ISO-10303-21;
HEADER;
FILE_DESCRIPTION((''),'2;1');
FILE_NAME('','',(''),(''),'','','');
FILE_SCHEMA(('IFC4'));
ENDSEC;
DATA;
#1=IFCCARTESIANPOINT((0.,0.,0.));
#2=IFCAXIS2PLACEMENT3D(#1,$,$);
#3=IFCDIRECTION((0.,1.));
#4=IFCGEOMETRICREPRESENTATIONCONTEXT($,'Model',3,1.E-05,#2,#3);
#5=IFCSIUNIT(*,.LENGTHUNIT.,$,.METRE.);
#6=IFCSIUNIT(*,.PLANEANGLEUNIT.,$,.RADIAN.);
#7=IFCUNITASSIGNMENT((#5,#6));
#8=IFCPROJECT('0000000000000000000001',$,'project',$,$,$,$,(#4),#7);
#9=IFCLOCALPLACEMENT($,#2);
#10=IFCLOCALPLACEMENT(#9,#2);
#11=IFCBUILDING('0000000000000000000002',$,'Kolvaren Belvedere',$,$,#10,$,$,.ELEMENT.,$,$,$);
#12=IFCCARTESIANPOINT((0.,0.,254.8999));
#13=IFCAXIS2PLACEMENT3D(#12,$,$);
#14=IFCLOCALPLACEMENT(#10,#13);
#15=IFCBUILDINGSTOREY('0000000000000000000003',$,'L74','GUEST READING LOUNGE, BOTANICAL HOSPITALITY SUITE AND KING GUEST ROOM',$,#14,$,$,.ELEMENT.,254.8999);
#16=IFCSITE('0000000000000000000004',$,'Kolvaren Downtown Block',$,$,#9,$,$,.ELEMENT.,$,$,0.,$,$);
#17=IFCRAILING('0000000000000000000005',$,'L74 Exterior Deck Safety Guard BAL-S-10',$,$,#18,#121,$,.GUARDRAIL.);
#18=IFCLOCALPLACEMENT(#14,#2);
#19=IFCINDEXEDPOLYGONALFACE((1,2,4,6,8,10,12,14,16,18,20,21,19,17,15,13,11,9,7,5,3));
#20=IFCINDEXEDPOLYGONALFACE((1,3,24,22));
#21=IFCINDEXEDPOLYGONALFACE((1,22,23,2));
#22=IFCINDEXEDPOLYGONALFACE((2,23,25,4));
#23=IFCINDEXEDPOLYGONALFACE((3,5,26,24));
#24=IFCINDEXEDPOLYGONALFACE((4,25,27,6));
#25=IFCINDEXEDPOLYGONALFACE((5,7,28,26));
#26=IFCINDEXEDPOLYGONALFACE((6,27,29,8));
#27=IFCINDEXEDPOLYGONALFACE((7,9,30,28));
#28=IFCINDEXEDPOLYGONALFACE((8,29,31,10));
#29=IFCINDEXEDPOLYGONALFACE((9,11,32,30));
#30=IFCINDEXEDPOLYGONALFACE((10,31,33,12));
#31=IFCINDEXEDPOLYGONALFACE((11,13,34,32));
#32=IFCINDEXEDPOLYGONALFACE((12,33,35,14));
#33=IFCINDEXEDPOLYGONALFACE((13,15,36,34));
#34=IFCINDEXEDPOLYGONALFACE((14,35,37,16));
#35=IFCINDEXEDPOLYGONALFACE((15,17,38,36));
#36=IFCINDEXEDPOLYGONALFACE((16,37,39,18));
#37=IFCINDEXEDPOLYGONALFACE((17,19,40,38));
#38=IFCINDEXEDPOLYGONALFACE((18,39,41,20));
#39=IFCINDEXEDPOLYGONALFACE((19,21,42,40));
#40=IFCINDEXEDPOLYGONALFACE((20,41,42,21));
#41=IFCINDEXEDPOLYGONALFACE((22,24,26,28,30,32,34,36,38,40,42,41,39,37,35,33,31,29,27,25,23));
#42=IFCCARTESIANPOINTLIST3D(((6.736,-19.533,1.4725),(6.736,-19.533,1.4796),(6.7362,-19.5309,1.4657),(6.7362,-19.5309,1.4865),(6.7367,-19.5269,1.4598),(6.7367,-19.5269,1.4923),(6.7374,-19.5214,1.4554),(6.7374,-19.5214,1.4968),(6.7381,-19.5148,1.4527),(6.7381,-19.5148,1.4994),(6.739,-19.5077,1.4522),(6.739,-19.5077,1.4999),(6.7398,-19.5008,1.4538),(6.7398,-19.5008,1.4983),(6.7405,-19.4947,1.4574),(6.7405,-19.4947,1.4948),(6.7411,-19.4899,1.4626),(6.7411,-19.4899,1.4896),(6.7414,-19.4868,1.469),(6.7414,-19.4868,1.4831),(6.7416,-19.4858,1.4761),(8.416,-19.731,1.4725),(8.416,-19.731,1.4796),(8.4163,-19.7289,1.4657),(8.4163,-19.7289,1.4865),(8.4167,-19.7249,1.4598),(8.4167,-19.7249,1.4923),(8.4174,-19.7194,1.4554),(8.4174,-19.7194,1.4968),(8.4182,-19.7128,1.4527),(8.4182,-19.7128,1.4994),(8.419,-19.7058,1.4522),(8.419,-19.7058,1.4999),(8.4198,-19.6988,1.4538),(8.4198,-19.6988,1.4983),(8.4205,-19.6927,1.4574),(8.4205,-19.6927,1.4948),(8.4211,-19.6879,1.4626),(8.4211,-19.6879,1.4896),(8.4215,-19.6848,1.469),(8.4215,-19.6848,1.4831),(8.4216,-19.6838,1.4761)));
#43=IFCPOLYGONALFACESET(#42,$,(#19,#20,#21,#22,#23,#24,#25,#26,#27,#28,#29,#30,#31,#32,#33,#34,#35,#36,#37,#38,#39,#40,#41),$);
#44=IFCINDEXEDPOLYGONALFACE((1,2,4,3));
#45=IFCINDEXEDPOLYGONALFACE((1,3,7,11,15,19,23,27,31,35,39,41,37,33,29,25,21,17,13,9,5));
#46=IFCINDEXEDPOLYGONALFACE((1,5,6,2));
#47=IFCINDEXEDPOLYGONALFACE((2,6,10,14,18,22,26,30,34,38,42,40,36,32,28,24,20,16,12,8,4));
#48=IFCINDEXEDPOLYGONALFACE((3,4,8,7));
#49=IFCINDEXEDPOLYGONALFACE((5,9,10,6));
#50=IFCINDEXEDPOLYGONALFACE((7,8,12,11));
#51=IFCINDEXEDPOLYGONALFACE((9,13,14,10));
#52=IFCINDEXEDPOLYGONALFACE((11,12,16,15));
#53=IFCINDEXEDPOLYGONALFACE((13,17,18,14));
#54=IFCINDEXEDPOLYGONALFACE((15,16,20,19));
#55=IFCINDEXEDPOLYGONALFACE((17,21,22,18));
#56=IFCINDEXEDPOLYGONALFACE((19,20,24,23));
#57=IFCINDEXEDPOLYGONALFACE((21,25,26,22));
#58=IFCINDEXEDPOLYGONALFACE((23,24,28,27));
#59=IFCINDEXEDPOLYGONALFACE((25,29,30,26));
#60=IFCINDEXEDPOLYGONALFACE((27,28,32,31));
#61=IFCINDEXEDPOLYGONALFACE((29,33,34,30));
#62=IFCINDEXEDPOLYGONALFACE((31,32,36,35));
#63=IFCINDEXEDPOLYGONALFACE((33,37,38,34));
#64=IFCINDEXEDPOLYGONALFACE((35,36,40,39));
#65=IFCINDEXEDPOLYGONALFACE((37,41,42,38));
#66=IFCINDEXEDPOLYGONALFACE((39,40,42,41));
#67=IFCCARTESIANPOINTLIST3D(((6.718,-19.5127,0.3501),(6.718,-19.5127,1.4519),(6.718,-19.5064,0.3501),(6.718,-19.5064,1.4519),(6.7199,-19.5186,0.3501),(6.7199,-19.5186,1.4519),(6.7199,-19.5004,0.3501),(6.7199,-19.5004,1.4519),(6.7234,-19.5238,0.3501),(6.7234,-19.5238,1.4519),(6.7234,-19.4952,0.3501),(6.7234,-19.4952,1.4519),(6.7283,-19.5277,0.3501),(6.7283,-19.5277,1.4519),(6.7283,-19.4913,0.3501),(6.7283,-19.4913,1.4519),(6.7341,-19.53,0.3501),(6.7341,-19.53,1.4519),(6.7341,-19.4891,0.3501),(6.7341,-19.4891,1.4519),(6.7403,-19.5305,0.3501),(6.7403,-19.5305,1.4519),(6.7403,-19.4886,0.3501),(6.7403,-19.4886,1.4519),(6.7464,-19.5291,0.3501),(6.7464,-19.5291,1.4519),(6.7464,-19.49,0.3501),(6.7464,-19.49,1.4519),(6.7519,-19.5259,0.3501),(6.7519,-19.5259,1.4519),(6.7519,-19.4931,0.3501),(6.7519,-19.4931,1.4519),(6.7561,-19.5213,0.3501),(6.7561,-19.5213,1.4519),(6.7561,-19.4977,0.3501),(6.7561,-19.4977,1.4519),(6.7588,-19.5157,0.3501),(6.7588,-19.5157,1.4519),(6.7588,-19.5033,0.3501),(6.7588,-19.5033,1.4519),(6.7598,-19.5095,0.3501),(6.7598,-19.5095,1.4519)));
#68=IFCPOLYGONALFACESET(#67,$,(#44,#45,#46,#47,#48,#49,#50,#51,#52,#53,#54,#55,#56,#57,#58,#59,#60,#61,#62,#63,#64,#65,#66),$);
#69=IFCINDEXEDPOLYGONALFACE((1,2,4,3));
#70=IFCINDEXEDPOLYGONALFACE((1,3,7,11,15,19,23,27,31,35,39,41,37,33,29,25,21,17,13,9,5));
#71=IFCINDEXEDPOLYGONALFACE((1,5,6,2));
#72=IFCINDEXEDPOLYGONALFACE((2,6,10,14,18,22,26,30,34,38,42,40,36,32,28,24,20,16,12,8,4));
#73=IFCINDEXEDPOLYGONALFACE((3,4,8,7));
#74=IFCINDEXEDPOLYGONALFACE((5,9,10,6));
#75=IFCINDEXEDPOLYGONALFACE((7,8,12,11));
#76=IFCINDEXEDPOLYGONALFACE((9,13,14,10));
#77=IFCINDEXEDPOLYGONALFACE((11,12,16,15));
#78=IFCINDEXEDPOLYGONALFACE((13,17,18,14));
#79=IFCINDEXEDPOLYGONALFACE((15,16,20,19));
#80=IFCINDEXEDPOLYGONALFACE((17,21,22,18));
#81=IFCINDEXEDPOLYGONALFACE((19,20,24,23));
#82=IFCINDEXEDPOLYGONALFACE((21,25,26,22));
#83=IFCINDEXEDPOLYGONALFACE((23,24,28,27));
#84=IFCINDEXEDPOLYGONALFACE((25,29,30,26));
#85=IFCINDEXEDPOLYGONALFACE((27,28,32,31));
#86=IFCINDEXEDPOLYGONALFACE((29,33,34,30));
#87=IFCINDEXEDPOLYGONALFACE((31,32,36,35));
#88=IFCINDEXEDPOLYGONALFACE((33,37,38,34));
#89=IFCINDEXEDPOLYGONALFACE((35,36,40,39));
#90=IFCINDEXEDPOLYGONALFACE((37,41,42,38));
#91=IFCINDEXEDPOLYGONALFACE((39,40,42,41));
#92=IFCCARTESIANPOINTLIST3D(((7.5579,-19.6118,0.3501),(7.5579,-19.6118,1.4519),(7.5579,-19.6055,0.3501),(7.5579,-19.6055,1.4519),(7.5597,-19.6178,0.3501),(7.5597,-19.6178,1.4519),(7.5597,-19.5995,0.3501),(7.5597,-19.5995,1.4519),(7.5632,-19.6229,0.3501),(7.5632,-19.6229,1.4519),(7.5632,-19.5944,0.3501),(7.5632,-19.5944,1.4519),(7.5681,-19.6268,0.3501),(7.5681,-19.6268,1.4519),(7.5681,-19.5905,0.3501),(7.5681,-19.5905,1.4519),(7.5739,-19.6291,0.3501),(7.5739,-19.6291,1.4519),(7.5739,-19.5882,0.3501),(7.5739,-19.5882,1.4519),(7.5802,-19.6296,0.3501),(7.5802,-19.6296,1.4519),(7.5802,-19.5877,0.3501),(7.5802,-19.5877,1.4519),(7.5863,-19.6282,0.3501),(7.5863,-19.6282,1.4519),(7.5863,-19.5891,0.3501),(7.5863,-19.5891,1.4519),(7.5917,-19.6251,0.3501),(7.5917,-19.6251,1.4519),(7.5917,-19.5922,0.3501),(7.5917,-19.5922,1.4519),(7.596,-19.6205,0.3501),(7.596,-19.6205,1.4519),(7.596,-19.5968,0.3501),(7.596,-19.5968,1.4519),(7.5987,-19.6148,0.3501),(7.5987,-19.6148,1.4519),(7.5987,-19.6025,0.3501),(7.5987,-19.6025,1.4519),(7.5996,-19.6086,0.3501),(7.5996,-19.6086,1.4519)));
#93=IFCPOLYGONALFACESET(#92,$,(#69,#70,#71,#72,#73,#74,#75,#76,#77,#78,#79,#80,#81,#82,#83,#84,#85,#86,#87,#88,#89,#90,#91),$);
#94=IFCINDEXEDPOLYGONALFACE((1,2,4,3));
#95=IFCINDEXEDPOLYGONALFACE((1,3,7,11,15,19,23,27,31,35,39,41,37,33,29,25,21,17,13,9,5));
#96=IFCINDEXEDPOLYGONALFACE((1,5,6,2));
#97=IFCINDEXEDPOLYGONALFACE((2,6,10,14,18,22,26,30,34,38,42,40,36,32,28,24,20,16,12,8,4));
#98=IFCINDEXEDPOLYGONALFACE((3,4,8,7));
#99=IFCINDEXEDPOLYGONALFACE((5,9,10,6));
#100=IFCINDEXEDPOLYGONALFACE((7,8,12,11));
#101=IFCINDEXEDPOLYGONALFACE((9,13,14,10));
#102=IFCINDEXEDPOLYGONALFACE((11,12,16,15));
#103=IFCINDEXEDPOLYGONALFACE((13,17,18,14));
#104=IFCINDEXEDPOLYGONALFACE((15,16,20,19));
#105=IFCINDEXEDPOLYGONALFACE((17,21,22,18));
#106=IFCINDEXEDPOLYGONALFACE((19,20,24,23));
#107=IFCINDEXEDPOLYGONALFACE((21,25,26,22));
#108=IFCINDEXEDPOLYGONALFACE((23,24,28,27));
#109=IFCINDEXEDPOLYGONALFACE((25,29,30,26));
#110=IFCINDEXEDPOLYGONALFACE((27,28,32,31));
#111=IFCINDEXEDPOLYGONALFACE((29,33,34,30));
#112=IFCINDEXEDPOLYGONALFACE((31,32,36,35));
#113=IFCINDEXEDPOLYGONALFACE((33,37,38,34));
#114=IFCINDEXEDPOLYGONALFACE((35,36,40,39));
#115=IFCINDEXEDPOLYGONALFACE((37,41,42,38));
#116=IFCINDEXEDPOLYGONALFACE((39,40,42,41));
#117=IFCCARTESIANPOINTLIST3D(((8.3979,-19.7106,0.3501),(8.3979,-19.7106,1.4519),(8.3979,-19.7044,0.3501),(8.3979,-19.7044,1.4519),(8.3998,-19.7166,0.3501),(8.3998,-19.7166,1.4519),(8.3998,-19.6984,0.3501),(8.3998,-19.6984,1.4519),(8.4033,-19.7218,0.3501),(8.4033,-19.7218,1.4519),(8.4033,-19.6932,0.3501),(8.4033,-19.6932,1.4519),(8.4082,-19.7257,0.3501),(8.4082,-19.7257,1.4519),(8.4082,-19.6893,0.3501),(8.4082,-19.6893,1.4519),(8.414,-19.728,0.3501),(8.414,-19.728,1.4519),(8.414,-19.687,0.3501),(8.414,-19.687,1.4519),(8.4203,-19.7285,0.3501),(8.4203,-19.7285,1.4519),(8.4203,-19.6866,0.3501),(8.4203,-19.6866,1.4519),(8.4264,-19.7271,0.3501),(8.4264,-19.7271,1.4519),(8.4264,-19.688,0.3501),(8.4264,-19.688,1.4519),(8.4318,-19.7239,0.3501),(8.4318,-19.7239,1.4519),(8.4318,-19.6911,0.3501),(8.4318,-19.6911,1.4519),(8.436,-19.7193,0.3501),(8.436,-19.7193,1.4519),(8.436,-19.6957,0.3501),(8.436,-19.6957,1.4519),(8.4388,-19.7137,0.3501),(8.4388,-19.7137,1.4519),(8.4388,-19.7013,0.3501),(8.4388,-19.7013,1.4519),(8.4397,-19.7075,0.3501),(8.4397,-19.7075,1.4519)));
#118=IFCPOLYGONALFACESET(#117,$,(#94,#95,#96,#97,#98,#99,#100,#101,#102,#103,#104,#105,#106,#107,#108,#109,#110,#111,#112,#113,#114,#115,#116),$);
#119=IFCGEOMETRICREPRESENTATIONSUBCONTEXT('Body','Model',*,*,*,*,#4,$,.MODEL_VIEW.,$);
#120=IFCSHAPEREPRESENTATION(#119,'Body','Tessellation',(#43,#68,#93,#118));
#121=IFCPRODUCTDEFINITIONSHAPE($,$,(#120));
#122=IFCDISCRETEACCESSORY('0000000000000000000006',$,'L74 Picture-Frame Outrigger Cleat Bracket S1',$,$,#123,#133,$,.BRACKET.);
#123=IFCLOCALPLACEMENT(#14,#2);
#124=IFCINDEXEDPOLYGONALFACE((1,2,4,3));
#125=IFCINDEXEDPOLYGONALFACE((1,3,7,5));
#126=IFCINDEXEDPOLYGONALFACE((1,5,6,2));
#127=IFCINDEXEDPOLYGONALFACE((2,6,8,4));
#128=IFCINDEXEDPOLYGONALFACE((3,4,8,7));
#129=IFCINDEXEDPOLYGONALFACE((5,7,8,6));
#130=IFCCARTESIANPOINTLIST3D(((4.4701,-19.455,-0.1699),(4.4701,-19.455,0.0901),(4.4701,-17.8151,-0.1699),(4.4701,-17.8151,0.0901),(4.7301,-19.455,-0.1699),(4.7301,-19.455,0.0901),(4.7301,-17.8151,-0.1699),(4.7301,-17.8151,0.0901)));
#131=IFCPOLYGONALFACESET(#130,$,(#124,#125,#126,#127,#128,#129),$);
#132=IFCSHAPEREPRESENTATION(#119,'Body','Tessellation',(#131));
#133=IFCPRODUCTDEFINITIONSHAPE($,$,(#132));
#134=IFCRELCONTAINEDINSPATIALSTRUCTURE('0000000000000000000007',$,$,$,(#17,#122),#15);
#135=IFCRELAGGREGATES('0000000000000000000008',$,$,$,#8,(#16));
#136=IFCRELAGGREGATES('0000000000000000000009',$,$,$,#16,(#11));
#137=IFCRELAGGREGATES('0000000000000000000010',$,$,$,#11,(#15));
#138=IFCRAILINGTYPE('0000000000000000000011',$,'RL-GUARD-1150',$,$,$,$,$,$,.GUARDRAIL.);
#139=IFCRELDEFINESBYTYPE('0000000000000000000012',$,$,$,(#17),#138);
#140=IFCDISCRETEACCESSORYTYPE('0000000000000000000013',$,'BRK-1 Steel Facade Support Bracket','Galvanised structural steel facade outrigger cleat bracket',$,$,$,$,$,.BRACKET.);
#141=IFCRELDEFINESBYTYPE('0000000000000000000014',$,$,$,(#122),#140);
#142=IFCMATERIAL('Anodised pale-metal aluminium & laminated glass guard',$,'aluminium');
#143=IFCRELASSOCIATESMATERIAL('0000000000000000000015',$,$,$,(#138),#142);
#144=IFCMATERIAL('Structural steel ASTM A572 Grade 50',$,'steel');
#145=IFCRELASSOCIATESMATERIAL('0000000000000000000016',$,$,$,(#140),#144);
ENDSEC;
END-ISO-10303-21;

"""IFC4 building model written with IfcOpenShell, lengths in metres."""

from ifc_helpers import new_model, si_unit, direction, frame, origin, origin_2d, place, context, subcontext, project, spatial, rectangle, circle, extrude, material, type_object, element, save


model = new_model("IFC4")

# Units and contexts
model_context = context("Model", 3, precision=1e-05, world=origin(), true_north=direction((0.0, 1.0)))
body_context = subcontext(model_context, "Body", "Model", "MODEL_VIEW")
ifc_project = project(units=[si_unit("LENGTHUNIT", "METRE"), si_unit("PLANEANGLEUNIT", "RADIAN")], contexts=[model_context])

# Site, building, storey
site_placement = place(None, origin())
site = spatial("IfcSite", under=ifc_project, at=site_placement, Name="Kolvaren Downtown Block", CompositionType="ELEMENT", RefElevation=0.0)
building_placement = place(site_placement, origin())
building = spatial("IfcBuilding", under=site, at=building_placement, Name="Kolvaren Belvedere", CompositionType="ELEMENT")
storey_placement = place(building_placement, frame((0.0, 0.0, 254.8999)))
storey = spatial("IfcBuildingStorey", under=building, at=storey_placement, Name="L74", Description="GUEST READING LOUNGE, BOTANICAL HOSPITALITY SUITE AND KING GUEST ROOM", CompositionType="ELEMENT", Elevation=254.8999)

# Railing
ifc_material_1 = material(Name="Anodised pale-metal aluminium & laminated glass guard", Category="aluminium")
railing_type = type_object("IfcRailingType", Name="RL-GUARD-1150", PredefinedType="GUARDRAIL", material=ifc_material_1)
railing_1_placement = place(storey_placement, frame((6.7388, -19.5095, 0.3501)))
element("IfcRailing", 1, at=railing_1_placement, inside=storey, type_object=railing_type, Name="L74 Exterior Deck Safety Guard BAL-S-10", PredefinedType="GUARDRAIL", context=body_context, shape_type="SweptSolid", body=[
    extrude(circle(Radius=0.0239, at=origin_2d()), frame((0.0, 0.0, 1.126), z_axis=(0.993126, -0.117051, 0.0), x_axis=(0.117051, 0.993126, 0.0)), (0.0, 0.0, 1.0), 1.6917),
    extrude(circle(Radius=0.021, at=origin_2d()), origin(), (0.0, 0.0, 1.0), 1.1018),
    extrude(circle(Radius=0.021, at=origin_2d()), frame((0.8398, -0.0991, 0.0)), (0.0, 0.0, 1.0), 1.1018),
    extrude(circle(Radius=0.021, at=origin_2d()), frame((1.6799, -0.198, 0.0)), (0.0, 0.0, 1.0), 1.1018),
])

# Discrete accessory
ifc_material_2 = material(Name="Structural steel ASTM A572 Grade 50", Category="steel")
discrete_accessory_type = type_object("IfcDiscreteAccessoryType", Name="BRK-1 Steel Facade Support Bracket", Description="Galvanised structural steel facade outrigger cleat bracket", PredefinedType="BRACKET", material=ifc_material_2)
discrete_accessory_placement = place(storey_placement, frame((4.6001, -18.635, -0.1699), z_axis=(0.0, 0.0, 1.0), x_axis=(0.0, 1.0, 0.0)))
element("IfcDiscreteAccessory", 2, at=discrete_accessory_placement, inside=storey, type_object=discrete_accessory_type, Name="L74 Picture-Frame Outrigger Cleat Bracket S1", PredefinedType="BRACKET", context=body_context, shape_type="SweptSolid", body=[
    extrude(rectangle(XDim=1.6399, YDim=0.26, at=origin_2d()), origin(), (0.0, 0.0, 1.0), 0.26),
])

save(model, "model.ifc")
